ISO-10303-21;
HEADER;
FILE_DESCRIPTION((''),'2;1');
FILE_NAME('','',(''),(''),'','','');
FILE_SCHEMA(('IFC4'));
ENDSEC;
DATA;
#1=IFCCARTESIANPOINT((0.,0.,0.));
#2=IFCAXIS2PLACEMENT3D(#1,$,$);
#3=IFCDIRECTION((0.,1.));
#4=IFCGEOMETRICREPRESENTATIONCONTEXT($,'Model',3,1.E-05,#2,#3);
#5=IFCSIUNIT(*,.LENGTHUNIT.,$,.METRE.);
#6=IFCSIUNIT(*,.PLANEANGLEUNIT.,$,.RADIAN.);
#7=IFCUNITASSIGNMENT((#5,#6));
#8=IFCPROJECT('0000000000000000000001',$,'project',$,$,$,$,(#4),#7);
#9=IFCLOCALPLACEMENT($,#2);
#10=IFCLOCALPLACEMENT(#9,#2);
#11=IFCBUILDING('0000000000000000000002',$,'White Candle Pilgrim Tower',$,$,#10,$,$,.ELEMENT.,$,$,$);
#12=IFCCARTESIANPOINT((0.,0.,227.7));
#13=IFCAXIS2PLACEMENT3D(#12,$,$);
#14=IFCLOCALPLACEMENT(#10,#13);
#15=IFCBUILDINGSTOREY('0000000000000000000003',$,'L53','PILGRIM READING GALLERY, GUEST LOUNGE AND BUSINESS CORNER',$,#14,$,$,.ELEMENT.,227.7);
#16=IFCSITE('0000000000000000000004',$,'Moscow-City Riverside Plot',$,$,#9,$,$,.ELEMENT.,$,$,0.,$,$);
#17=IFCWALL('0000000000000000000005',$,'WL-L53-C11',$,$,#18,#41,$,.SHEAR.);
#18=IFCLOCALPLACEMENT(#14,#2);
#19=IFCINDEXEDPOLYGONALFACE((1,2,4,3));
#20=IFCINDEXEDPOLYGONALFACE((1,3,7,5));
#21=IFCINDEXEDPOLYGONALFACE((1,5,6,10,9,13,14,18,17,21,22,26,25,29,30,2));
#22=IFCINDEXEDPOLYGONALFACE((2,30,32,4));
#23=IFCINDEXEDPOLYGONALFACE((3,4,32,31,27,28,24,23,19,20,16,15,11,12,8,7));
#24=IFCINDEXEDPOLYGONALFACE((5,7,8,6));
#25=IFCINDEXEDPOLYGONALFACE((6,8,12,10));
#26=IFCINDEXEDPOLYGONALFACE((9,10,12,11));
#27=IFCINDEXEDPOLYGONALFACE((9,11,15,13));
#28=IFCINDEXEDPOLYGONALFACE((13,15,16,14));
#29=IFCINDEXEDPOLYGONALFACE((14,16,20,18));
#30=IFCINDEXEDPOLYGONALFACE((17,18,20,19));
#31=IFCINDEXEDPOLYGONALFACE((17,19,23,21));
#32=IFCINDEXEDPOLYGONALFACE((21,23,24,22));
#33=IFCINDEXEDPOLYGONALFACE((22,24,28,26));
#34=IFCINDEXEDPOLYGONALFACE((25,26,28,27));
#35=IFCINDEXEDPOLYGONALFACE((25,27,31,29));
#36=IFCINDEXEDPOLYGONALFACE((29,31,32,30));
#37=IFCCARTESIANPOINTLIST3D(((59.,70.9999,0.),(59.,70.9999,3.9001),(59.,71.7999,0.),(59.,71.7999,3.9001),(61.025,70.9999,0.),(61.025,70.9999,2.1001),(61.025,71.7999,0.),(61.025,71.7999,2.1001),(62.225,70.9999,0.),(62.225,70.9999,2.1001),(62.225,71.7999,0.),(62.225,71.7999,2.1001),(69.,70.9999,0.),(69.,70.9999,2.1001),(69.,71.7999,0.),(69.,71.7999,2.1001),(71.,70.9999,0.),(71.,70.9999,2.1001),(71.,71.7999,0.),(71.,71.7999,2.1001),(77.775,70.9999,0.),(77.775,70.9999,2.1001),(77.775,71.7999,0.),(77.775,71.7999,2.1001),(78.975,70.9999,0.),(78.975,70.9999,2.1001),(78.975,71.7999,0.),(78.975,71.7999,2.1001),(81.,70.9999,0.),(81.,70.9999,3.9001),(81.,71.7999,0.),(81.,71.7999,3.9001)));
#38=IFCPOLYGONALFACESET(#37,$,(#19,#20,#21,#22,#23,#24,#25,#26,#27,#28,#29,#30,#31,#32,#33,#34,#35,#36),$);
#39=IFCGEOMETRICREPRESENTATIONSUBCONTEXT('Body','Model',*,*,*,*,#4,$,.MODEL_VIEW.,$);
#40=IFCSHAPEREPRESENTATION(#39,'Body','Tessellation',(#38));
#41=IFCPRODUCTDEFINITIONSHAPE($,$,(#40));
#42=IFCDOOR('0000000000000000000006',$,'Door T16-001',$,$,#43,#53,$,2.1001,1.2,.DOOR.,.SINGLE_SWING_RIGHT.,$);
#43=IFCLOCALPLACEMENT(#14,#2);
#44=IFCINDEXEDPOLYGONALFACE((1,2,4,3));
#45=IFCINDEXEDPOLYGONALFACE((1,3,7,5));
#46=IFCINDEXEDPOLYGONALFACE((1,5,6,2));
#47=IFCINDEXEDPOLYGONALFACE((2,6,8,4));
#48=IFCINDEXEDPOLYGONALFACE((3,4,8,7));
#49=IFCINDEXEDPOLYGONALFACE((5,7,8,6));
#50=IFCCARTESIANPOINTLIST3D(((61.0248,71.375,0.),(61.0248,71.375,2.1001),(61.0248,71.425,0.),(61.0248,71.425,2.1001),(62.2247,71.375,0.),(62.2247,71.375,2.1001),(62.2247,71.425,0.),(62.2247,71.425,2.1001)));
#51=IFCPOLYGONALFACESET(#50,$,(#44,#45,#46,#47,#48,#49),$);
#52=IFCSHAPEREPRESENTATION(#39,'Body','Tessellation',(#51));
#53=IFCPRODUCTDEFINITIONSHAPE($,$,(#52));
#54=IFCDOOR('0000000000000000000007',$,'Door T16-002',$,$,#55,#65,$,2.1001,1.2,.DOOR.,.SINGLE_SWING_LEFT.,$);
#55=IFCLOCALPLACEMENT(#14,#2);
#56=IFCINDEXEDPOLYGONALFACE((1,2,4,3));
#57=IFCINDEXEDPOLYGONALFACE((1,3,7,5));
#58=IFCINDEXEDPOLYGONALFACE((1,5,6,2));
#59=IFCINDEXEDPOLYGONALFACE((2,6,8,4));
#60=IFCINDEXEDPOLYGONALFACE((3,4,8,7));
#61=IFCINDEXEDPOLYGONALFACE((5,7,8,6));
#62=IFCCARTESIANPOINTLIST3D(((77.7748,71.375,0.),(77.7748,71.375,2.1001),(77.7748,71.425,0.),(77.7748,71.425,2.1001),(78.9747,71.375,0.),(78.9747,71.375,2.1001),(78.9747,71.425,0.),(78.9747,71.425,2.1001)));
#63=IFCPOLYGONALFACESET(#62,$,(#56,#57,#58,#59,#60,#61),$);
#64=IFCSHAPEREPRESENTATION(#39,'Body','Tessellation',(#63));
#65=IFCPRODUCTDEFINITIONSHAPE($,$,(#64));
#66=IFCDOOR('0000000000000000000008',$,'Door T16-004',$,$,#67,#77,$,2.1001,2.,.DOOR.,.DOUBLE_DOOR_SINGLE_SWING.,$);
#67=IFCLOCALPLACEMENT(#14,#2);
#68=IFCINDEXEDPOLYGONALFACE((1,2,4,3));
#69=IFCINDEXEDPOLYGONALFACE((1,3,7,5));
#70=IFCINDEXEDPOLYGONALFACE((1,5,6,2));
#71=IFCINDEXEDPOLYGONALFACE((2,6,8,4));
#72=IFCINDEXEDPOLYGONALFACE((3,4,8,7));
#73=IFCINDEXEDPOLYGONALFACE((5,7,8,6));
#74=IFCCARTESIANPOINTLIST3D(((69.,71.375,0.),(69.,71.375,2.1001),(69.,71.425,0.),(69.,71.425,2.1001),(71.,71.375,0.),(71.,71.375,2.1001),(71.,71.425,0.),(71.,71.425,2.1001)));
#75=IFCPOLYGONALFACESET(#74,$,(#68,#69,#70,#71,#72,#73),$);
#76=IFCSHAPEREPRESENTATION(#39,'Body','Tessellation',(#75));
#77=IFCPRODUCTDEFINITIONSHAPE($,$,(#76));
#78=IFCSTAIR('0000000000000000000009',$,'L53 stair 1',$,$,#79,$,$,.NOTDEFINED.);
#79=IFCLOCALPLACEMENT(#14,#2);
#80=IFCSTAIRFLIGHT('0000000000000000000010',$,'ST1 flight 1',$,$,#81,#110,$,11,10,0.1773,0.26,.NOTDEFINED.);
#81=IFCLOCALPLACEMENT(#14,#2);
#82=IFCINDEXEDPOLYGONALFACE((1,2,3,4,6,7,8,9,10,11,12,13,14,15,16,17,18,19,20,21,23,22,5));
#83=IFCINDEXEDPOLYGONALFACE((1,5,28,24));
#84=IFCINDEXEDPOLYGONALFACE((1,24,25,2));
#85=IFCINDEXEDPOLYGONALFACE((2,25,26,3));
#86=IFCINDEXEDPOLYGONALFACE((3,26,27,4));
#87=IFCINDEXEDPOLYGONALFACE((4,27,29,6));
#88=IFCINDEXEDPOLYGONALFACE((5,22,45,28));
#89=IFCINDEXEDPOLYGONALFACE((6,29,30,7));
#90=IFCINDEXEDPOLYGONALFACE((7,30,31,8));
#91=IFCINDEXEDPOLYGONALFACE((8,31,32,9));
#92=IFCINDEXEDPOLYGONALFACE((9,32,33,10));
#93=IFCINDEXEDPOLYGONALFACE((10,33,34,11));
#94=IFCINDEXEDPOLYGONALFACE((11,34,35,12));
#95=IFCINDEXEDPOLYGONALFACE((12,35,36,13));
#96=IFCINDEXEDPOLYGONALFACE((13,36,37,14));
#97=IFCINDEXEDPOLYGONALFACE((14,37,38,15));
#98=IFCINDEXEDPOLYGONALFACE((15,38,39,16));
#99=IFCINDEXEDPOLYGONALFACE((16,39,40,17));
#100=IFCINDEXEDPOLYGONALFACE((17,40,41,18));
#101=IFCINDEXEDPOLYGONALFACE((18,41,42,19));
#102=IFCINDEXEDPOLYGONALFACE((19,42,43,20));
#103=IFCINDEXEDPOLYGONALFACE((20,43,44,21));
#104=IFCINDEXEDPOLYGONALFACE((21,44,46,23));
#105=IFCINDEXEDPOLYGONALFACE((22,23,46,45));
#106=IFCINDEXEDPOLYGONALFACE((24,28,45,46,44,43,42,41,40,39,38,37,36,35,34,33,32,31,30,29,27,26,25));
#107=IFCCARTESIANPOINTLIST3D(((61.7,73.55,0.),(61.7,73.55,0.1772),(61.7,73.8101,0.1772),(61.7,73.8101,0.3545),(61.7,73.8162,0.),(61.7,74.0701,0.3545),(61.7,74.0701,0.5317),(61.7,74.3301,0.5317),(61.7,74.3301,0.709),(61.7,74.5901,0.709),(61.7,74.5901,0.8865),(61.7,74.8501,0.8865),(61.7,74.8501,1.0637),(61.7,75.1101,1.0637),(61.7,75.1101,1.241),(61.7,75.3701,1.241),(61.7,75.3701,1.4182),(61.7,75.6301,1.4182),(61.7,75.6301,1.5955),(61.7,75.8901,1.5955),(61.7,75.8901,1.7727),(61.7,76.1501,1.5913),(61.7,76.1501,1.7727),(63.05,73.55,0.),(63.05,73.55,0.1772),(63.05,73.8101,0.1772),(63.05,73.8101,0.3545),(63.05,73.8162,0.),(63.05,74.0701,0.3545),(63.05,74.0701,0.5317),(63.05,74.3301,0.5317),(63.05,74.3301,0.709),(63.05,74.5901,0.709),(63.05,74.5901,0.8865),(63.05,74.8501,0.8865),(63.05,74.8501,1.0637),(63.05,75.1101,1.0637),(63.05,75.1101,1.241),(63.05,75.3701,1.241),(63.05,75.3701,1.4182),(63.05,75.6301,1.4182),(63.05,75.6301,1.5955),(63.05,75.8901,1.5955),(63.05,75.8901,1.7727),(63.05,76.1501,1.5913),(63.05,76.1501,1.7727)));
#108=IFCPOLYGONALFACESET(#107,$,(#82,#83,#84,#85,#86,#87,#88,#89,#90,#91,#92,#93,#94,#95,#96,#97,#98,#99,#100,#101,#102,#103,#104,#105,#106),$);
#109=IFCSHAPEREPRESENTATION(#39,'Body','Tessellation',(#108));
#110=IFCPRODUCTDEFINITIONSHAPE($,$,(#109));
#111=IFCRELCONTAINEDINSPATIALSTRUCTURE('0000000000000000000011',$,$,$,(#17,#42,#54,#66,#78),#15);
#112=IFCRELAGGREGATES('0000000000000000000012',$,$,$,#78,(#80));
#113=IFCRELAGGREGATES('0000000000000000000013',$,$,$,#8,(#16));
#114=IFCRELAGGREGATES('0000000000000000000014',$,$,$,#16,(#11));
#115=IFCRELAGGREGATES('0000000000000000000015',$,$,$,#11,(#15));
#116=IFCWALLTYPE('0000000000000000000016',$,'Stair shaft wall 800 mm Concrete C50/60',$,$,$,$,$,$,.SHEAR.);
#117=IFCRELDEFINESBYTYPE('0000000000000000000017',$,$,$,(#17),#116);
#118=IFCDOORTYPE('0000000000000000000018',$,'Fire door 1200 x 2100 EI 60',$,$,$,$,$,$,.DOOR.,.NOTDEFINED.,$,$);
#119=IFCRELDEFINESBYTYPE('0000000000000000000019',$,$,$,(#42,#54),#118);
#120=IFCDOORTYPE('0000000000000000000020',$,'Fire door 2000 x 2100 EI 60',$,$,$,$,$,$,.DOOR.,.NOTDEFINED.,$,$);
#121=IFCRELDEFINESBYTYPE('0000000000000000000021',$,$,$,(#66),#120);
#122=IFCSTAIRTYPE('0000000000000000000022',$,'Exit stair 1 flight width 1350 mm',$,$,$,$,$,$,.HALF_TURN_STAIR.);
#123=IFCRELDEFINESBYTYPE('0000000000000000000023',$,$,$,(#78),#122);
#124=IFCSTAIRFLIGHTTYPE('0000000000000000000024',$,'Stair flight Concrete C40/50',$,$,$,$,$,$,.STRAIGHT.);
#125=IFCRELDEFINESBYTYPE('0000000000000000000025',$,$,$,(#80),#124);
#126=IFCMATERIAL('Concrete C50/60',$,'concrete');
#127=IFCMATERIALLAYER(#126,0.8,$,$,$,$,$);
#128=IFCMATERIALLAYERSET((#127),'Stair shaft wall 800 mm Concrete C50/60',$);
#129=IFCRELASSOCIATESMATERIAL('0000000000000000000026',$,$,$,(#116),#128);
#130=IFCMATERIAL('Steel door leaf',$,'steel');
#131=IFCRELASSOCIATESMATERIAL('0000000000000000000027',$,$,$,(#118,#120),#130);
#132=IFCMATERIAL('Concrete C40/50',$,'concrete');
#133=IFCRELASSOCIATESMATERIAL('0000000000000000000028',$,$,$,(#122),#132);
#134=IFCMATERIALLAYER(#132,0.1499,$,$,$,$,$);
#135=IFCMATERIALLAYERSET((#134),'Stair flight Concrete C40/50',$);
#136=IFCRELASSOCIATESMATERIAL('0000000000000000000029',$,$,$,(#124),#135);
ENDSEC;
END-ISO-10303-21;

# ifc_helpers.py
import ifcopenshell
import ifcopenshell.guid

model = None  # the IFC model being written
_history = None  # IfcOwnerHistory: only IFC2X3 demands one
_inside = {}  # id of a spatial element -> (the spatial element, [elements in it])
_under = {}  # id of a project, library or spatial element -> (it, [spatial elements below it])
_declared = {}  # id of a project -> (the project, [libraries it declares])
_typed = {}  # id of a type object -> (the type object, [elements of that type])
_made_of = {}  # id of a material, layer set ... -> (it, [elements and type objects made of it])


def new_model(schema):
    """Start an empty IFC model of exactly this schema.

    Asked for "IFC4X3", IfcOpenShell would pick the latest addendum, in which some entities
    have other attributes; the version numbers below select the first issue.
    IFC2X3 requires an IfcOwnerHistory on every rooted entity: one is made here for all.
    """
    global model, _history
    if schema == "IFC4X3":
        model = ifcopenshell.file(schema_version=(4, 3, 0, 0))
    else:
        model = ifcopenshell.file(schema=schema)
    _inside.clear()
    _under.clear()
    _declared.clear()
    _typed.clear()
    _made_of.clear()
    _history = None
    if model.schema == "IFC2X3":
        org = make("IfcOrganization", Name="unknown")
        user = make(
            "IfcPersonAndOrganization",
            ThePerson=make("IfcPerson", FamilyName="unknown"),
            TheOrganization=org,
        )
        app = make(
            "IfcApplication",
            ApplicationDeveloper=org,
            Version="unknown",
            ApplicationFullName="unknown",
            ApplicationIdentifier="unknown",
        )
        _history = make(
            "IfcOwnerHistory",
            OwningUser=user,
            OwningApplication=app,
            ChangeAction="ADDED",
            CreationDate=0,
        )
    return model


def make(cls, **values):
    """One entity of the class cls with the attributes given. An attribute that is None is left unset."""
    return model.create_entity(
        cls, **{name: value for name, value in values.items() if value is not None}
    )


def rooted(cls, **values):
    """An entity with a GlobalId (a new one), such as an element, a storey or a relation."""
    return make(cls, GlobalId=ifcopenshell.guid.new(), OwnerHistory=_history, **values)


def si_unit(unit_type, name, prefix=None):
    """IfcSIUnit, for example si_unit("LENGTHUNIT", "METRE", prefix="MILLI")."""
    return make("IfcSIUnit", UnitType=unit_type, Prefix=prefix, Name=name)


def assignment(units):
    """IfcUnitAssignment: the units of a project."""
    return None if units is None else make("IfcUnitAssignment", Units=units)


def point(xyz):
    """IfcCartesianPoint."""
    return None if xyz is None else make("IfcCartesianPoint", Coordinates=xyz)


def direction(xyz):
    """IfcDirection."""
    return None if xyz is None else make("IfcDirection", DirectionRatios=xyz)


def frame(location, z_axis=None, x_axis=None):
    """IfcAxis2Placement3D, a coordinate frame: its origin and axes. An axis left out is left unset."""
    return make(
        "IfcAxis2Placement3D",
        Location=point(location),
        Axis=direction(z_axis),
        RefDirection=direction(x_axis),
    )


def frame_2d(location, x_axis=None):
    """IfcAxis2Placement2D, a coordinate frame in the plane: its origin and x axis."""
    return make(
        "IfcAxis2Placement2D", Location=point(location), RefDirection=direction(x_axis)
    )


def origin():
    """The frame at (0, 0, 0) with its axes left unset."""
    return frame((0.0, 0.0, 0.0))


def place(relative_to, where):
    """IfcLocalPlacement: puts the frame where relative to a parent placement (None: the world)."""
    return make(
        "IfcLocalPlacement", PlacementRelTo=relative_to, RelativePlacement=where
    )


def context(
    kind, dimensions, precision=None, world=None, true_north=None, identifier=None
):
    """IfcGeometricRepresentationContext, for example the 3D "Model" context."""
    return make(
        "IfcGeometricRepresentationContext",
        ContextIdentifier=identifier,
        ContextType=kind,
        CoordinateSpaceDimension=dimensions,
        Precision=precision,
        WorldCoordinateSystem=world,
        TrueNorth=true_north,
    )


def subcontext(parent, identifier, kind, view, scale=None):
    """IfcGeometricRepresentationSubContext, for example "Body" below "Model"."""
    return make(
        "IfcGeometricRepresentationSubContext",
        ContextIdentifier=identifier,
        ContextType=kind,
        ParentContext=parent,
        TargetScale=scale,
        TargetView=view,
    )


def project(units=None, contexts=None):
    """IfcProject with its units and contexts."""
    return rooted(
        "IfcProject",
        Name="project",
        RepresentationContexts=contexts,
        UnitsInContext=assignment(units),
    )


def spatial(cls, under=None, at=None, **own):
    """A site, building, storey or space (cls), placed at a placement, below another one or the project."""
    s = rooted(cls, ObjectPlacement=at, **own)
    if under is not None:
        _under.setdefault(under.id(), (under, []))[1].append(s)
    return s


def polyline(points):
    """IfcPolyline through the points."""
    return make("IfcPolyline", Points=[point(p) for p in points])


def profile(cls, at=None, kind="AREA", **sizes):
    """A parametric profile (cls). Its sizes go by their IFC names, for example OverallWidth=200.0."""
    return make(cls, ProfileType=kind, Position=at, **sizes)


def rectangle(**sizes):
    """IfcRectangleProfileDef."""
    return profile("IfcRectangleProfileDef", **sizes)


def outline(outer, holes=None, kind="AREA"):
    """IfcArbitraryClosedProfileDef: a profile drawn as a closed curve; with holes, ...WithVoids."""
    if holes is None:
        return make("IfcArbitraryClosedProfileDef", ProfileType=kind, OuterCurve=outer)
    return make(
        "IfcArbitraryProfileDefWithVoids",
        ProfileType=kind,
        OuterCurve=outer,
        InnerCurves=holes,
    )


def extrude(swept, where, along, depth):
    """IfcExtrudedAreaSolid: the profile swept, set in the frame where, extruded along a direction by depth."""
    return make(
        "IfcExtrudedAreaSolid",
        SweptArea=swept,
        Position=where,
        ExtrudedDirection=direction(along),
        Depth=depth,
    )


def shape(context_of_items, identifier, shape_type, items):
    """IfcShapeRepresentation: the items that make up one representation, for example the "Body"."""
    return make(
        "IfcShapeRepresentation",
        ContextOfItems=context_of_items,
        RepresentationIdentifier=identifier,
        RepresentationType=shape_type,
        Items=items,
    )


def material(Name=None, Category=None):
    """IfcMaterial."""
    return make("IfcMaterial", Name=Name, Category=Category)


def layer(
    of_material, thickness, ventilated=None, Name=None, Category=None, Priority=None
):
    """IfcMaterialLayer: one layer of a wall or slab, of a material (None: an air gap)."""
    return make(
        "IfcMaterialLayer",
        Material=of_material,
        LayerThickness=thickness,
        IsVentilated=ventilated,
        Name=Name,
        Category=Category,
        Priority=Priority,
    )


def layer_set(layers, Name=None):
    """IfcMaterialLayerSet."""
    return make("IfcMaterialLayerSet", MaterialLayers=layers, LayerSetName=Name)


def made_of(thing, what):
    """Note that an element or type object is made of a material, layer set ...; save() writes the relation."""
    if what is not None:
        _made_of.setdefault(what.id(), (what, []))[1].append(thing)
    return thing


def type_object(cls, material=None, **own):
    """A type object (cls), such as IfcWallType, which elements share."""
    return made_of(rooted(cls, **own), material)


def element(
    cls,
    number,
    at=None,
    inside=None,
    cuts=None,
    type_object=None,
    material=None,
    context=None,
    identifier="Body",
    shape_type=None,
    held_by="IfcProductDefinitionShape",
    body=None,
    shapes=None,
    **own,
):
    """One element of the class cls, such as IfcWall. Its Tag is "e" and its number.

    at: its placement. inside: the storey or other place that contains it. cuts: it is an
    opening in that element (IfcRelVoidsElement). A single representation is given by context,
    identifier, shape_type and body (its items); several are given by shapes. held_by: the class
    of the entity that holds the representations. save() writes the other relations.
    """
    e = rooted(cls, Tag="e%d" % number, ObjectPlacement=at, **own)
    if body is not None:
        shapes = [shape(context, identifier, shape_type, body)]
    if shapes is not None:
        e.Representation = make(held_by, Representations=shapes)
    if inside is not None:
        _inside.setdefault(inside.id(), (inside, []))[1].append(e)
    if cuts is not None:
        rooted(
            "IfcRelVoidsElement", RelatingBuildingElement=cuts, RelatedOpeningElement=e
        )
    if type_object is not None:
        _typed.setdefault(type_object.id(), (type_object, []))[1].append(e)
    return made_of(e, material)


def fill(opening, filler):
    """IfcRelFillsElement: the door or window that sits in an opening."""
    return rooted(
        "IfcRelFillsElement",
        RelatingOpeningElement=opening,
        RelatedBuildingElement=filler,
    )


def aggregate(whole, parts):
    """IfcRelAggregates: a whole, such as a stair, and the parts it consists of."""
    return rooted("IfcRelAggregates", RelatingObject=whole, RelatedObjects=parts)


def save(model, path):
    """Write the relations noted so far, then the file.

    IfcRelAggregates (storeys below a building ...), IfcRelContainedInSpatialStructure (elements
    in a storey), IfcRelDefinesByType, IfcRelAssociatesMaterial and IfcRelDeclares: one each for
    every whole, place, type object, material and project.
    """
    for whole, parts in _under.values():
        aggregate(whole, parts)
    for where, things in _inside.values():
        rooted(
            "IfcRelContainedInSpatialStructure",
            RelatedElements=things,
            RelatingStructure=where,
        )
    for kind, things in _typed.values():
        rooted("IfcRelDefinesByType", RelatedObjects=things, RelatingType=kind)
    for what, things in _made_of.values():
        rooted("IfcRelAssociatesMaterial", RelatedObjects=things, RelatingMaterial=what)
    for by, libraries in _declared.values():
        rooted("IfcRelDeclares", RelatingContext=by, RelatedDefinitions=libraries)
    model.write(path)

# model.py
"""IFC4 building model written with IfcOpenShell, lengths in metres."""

from ifc_helpers import new_model, si_unit, direction, frame, frame_2d, origin, place, context, subcontext, project, spatial, polyline, rectangle, outline, extrude, material, layer, layer_set, type_object, element, fill, aggregate, save


model = new_model("IFC4")

# Units and contexts
model_context = context("Model", 3, precision=1e-05, world=origin(), true_north=direction((0.0, 1.0)))
body_context = subcontext(model_context, "Body", "Model", "MODEL_VIEW")
ifc_project = project(units=[si_unit("LENGTHUNIT", "METRE"), si_unit("PLANEANGLEUNIT", "RADIAN")], contexts=[model_context])

# Site, building, storey
site_placement = place(None, origin())
site = spatial("IfcSite", under=ifc_project, at=site_placement, Name="Moscow-City Riverside Plot", CompositionType="ELEMENT", RefElevation=0.0)
building_placement = place(site_placement, origin())
building = spatial("IfcBuilding", under=site, at=building_placement, Name="White Candle Pilgrim Tower", CompositionType="ELEMENT")
storey_placement = place(building_placement, frame((0.0, 0.0, 227.7)))
storey = spatial("IfcBuildingStorey", under=building, at=storey_placement, Name="L53", Description="PILGRIM READING GALLERY, GUEST LOUNGE AND BUSINESS CORNER", CompositionType="ELEMENT", Elevation=227.7)

# Shared definitions
ifc_material_1 = material(Name="Steel door leaf", Category="steel")

# Shared definitions
ifc_material_2 = material(Name="Concrete C50/60", Category="concrete")

# Wall, openings, doors
ifc_layer_1 = layer(ifc_material_2, 0.8)
ifc_layer_set_1 = layer_set([ifc_layer_1], Name="Stair shaft wall 800 mm Concrete C50/60")
wall_type_1 = type_object("IfcWallType", Name="Stair shaft wall 800 mm Concrete C50/60", PredefinedType="SHEAR", material=ifc_layer_set_1)
wall_1_placement = place(storey_placement, frame((59.0, 71.3999, 0.0), z_axis=(0.0, 0.0, 1.0), x_axis=(1.0, 0.0, 0.0)))
wall_1 = element("IfcWall", 1, at=wall_1_placement, inside=storey, type_object=wall_type_1, Name="WL-L53-C11", PredefinedType="SHEAR", context=body_context, shape_type="SweptSolid", body=[
    extrude(rectangle(XDim=22.0, YDim=0.8, at=frame_2d((11.0, 0.0))), origin(), (0.0, 0.0, 1.0), 3.9001),
])
opening_1_placement = place(wall_1_placement, frame((2.0249, 0.0, 0.0)))
opening_1 = element("IfcOpeningElement", 2, at=opening_1_placement, cuts=wall_1, PredefinedType="OPENING", context=body_context, shape_type="SweptSolid", body=[
    extrude(rectangle(XDim=1.2, YDim=2.1001, at=frame_2d((0.6001, 1.05))), frame((0.0, 0.4099, 0.0), z_axis=(0.0, -1.0, 0.0), x_axis=(1.0, 0.0, 0.0)), (0.0, 0.0, 1.0), 0.8201),
])
opening_2_placement = place(wall_1_placement, frame((18.7749, 0.0, 0.0)))
opening_2 = element("IfcOpeningElement", 3, at=opening_2_placement, cuts=wall_1, PredefinedType="OPENING", context=body_context, shape_type="SweptSolid", body=[
    extrude(rectangle(XDim=1.2, YDim=2.1001, at=frame_2d((0.6001, 1.05))), frame((0.0, 0.4099, 0.0), z_axis=(0.0, -1.0, 0.0), x_axis=(1.0, 0.0, 0.0)), (0.0, 0.0, 1.0), 0.8201),
])
opening_3_placement = place(wall_1_placement, frame((10.0, 0.0, 0.0)))
opening_3 = element("IfcOpeningElement", 4, at=opening_3_placement, cuts=wall_1, PredefinedType="OPENING", context=body_context, shape_type="SweptSolid", body=[
    extrude(rectangle(XDim=2.0, YDim=2.1001, at=frame_2d((1.0, 1.05))), frame((0.0, 0.4099, 0.0), z_axis=(0.0, -1.0, 0.0), x_axis=(1.0, 0.0, 0.0)), (0.0, 0.0, 1.0), 0.8201),
])
door_type_1 = type_object("IfcDoorType", Name="Fire door 1200 x 2100 EI 60", OperationType="NOTDEFINED", PredefinedType="DOOR", material=ifc_material_1)
door_1_placement = place(opening_1_placement, frame((1.2, 0.0, 0.0), z_axis=(0.0, 0.0, 1.0), x_axis=(-1.0, 0.0, 0.0)))
door_1 = element("IfcDoor", 5, at=door_1_placement, inside=storey, type_object=door_type_1, Name="Door T16-001", OperationType="SINGLE_SWING_RIGHT", OverallHeight=2.1001, OverallWidth=1.2, PredefinedType="DOOR", context=body_context, shape_type="SweptSolid", body=[
    extrude(rectangle(XDim=1.2, YDim=2.1001, at=frame_2d((0.6001, 1.05))), frame((0.0, 0.0249, 0.0), z_axis=(0.0, -1.0, 0.0), x_axis=(1.0, 0.0, 0.0)), (0.0, 0.0, 1.0), 0.05),
])
fill(opening_1, door_1)
door_2_placement = place(opening_2_placement, frame((1.2, 0.0, 0.0), z_axis=(0.0, 0.0, 1.0), x_axis=(-1.0, 0.0, 0.0)))
door_2 = element("IfcDoor", 6, at=door_2_placement, inside=storey, type_object=door_type_1, Name="Door T16-002", OperationType="SINGLE_SWING_LEFT", OverallHeight=2.1001, OverallWidth=1.2, PredefinedType="DOOR", context=body_context, shape_type="SweptSolid", body=[
    extrude(rectangle(XDim=1.2, YDim=2.1001, at=frame_2d((0.6001, 1.05))), frame((0.0, 0.0249, 0.0), z_axis=(0.0, -1.0, 0.0), x_axis=(1.0, 0.0, 0.0)), (0.0, 0.0, 1.0), 0.05),
])
fill(opening_2, door_2)
door_type_2 = type_object("IfcDoorType", Name="Fire door 2000 x 2100 EI 60", OperationType="NOTDEFINED", PredefinedType="DOOR", material=ifc_material_1)
door_3_placement = place(opening_3_placement, frame((2.0, 0.0, 0.0), z_axis=(0.0, 0.0, 1.0), x_axis=(-1.0, 0.0, 0.0)))
door_3 = element("IfcDoor", 7, at=door_3_placement, inside=storey, type_object=door_type_2, Name="Door T16-004", OperationType="DOUBLE_DOOR_SINGLE_SWING", OverallHeight=2.1001, OverallWidth=2.0, PredefinedType="DOOR", context=body_context, shape_type="SweptSolid", body=[
    extrude(rectangle(XDim=2.0, YDim=2.1001, at=frame_2d((1.0, 1.05))), frame((0.0, 0.0249, 0.0), z_axis=(0.0, -1.0, 0.0), x_axis=(1.0, 0.0, 0.0)), (0.0, 0.0, 1.0), 0.05),
])
fill(opening_3, door_3)

# Stair, stair flight
ifc_material_3 = material(Name="Concrete C40/50", Category="concrete")
stair_type = type_object("IfcStairType", Name="Exit stair 1 flight width 1350 mm", PredefinedType="HALF_TURN_STAIR", material=ifc_material_3)
stair_placement = place(storey_placement, origin())
stair = element("IfcStair", 8, at=stair_placement, inside=storey, type_object=stair_type, Name="L53 stair 1", PredefinedType="NOTDEFINED")
ifc_layer_2 = layer(ifc_material_3, 0.1499)
ifc_layer_set_2 = layer_set([ifc_layer_2], Name="Stair flight Concrete C40/50")
stair_flight_type = type_object("IfcStairFlightType", Name="Stair flight Concrete C40/50", PredefinedType="STRAIGHT", material=ifc_layer_set_2)
stair_flight_placement = place(storey_placement, frame((62.375, 73.55, 0.0), z_axis=(0.0, 0.0, 1.0), x_axis=(0.0, 1.0, 0.0)))
stair_flight = element("IfcStairFlight", 9, at=stair_flight_placement, type_object=stair_flight_type, Name="ST1 flight 1", NumberOfRisers=11, NumberOfTreads=10, PredefinedType="NOTDEFINED", RiserHeight=0.1773, TreadLength=0.26, context=body_context, shape_type="SweptSolid", body=[
    extrude(outline(polyline([(0.0, 0.0), (0.0, 0.1772), (0.26, 0.1772), (0.26, 0.3545), (0.52, 0.3545), (0.52, 0.5317), (0.78, 0.5317), (0.78, 0.709), (1.04, 0.709), (1.04, 0.8865), (1.3, 0.8865), (1.3, 1.0637), (1.5601, 1.0637), (1.5601, 1.241), (1.8201, 1.241), (1.8201, 1.4182), (2.0801, 1.4182), (2.0801, 1.5955), (2.3401, 1.5955), (2.3401, 1.7727), (2.6001, 1.7727), (2.6001, 1.95), (2.6001, 1.5913), (0.2661, 0.0), (0.0, 0.0)])), frame((0.0, 0.675, 0.0), z_axis=(0.0, -1.0, 0.0), x_axis=(1.0, 0.0, 0.0)), (0.0, 0.0, 1.0), 1.3501),
])
aggregate(stair, [stair_flight])

save(model, "model.ifc")
